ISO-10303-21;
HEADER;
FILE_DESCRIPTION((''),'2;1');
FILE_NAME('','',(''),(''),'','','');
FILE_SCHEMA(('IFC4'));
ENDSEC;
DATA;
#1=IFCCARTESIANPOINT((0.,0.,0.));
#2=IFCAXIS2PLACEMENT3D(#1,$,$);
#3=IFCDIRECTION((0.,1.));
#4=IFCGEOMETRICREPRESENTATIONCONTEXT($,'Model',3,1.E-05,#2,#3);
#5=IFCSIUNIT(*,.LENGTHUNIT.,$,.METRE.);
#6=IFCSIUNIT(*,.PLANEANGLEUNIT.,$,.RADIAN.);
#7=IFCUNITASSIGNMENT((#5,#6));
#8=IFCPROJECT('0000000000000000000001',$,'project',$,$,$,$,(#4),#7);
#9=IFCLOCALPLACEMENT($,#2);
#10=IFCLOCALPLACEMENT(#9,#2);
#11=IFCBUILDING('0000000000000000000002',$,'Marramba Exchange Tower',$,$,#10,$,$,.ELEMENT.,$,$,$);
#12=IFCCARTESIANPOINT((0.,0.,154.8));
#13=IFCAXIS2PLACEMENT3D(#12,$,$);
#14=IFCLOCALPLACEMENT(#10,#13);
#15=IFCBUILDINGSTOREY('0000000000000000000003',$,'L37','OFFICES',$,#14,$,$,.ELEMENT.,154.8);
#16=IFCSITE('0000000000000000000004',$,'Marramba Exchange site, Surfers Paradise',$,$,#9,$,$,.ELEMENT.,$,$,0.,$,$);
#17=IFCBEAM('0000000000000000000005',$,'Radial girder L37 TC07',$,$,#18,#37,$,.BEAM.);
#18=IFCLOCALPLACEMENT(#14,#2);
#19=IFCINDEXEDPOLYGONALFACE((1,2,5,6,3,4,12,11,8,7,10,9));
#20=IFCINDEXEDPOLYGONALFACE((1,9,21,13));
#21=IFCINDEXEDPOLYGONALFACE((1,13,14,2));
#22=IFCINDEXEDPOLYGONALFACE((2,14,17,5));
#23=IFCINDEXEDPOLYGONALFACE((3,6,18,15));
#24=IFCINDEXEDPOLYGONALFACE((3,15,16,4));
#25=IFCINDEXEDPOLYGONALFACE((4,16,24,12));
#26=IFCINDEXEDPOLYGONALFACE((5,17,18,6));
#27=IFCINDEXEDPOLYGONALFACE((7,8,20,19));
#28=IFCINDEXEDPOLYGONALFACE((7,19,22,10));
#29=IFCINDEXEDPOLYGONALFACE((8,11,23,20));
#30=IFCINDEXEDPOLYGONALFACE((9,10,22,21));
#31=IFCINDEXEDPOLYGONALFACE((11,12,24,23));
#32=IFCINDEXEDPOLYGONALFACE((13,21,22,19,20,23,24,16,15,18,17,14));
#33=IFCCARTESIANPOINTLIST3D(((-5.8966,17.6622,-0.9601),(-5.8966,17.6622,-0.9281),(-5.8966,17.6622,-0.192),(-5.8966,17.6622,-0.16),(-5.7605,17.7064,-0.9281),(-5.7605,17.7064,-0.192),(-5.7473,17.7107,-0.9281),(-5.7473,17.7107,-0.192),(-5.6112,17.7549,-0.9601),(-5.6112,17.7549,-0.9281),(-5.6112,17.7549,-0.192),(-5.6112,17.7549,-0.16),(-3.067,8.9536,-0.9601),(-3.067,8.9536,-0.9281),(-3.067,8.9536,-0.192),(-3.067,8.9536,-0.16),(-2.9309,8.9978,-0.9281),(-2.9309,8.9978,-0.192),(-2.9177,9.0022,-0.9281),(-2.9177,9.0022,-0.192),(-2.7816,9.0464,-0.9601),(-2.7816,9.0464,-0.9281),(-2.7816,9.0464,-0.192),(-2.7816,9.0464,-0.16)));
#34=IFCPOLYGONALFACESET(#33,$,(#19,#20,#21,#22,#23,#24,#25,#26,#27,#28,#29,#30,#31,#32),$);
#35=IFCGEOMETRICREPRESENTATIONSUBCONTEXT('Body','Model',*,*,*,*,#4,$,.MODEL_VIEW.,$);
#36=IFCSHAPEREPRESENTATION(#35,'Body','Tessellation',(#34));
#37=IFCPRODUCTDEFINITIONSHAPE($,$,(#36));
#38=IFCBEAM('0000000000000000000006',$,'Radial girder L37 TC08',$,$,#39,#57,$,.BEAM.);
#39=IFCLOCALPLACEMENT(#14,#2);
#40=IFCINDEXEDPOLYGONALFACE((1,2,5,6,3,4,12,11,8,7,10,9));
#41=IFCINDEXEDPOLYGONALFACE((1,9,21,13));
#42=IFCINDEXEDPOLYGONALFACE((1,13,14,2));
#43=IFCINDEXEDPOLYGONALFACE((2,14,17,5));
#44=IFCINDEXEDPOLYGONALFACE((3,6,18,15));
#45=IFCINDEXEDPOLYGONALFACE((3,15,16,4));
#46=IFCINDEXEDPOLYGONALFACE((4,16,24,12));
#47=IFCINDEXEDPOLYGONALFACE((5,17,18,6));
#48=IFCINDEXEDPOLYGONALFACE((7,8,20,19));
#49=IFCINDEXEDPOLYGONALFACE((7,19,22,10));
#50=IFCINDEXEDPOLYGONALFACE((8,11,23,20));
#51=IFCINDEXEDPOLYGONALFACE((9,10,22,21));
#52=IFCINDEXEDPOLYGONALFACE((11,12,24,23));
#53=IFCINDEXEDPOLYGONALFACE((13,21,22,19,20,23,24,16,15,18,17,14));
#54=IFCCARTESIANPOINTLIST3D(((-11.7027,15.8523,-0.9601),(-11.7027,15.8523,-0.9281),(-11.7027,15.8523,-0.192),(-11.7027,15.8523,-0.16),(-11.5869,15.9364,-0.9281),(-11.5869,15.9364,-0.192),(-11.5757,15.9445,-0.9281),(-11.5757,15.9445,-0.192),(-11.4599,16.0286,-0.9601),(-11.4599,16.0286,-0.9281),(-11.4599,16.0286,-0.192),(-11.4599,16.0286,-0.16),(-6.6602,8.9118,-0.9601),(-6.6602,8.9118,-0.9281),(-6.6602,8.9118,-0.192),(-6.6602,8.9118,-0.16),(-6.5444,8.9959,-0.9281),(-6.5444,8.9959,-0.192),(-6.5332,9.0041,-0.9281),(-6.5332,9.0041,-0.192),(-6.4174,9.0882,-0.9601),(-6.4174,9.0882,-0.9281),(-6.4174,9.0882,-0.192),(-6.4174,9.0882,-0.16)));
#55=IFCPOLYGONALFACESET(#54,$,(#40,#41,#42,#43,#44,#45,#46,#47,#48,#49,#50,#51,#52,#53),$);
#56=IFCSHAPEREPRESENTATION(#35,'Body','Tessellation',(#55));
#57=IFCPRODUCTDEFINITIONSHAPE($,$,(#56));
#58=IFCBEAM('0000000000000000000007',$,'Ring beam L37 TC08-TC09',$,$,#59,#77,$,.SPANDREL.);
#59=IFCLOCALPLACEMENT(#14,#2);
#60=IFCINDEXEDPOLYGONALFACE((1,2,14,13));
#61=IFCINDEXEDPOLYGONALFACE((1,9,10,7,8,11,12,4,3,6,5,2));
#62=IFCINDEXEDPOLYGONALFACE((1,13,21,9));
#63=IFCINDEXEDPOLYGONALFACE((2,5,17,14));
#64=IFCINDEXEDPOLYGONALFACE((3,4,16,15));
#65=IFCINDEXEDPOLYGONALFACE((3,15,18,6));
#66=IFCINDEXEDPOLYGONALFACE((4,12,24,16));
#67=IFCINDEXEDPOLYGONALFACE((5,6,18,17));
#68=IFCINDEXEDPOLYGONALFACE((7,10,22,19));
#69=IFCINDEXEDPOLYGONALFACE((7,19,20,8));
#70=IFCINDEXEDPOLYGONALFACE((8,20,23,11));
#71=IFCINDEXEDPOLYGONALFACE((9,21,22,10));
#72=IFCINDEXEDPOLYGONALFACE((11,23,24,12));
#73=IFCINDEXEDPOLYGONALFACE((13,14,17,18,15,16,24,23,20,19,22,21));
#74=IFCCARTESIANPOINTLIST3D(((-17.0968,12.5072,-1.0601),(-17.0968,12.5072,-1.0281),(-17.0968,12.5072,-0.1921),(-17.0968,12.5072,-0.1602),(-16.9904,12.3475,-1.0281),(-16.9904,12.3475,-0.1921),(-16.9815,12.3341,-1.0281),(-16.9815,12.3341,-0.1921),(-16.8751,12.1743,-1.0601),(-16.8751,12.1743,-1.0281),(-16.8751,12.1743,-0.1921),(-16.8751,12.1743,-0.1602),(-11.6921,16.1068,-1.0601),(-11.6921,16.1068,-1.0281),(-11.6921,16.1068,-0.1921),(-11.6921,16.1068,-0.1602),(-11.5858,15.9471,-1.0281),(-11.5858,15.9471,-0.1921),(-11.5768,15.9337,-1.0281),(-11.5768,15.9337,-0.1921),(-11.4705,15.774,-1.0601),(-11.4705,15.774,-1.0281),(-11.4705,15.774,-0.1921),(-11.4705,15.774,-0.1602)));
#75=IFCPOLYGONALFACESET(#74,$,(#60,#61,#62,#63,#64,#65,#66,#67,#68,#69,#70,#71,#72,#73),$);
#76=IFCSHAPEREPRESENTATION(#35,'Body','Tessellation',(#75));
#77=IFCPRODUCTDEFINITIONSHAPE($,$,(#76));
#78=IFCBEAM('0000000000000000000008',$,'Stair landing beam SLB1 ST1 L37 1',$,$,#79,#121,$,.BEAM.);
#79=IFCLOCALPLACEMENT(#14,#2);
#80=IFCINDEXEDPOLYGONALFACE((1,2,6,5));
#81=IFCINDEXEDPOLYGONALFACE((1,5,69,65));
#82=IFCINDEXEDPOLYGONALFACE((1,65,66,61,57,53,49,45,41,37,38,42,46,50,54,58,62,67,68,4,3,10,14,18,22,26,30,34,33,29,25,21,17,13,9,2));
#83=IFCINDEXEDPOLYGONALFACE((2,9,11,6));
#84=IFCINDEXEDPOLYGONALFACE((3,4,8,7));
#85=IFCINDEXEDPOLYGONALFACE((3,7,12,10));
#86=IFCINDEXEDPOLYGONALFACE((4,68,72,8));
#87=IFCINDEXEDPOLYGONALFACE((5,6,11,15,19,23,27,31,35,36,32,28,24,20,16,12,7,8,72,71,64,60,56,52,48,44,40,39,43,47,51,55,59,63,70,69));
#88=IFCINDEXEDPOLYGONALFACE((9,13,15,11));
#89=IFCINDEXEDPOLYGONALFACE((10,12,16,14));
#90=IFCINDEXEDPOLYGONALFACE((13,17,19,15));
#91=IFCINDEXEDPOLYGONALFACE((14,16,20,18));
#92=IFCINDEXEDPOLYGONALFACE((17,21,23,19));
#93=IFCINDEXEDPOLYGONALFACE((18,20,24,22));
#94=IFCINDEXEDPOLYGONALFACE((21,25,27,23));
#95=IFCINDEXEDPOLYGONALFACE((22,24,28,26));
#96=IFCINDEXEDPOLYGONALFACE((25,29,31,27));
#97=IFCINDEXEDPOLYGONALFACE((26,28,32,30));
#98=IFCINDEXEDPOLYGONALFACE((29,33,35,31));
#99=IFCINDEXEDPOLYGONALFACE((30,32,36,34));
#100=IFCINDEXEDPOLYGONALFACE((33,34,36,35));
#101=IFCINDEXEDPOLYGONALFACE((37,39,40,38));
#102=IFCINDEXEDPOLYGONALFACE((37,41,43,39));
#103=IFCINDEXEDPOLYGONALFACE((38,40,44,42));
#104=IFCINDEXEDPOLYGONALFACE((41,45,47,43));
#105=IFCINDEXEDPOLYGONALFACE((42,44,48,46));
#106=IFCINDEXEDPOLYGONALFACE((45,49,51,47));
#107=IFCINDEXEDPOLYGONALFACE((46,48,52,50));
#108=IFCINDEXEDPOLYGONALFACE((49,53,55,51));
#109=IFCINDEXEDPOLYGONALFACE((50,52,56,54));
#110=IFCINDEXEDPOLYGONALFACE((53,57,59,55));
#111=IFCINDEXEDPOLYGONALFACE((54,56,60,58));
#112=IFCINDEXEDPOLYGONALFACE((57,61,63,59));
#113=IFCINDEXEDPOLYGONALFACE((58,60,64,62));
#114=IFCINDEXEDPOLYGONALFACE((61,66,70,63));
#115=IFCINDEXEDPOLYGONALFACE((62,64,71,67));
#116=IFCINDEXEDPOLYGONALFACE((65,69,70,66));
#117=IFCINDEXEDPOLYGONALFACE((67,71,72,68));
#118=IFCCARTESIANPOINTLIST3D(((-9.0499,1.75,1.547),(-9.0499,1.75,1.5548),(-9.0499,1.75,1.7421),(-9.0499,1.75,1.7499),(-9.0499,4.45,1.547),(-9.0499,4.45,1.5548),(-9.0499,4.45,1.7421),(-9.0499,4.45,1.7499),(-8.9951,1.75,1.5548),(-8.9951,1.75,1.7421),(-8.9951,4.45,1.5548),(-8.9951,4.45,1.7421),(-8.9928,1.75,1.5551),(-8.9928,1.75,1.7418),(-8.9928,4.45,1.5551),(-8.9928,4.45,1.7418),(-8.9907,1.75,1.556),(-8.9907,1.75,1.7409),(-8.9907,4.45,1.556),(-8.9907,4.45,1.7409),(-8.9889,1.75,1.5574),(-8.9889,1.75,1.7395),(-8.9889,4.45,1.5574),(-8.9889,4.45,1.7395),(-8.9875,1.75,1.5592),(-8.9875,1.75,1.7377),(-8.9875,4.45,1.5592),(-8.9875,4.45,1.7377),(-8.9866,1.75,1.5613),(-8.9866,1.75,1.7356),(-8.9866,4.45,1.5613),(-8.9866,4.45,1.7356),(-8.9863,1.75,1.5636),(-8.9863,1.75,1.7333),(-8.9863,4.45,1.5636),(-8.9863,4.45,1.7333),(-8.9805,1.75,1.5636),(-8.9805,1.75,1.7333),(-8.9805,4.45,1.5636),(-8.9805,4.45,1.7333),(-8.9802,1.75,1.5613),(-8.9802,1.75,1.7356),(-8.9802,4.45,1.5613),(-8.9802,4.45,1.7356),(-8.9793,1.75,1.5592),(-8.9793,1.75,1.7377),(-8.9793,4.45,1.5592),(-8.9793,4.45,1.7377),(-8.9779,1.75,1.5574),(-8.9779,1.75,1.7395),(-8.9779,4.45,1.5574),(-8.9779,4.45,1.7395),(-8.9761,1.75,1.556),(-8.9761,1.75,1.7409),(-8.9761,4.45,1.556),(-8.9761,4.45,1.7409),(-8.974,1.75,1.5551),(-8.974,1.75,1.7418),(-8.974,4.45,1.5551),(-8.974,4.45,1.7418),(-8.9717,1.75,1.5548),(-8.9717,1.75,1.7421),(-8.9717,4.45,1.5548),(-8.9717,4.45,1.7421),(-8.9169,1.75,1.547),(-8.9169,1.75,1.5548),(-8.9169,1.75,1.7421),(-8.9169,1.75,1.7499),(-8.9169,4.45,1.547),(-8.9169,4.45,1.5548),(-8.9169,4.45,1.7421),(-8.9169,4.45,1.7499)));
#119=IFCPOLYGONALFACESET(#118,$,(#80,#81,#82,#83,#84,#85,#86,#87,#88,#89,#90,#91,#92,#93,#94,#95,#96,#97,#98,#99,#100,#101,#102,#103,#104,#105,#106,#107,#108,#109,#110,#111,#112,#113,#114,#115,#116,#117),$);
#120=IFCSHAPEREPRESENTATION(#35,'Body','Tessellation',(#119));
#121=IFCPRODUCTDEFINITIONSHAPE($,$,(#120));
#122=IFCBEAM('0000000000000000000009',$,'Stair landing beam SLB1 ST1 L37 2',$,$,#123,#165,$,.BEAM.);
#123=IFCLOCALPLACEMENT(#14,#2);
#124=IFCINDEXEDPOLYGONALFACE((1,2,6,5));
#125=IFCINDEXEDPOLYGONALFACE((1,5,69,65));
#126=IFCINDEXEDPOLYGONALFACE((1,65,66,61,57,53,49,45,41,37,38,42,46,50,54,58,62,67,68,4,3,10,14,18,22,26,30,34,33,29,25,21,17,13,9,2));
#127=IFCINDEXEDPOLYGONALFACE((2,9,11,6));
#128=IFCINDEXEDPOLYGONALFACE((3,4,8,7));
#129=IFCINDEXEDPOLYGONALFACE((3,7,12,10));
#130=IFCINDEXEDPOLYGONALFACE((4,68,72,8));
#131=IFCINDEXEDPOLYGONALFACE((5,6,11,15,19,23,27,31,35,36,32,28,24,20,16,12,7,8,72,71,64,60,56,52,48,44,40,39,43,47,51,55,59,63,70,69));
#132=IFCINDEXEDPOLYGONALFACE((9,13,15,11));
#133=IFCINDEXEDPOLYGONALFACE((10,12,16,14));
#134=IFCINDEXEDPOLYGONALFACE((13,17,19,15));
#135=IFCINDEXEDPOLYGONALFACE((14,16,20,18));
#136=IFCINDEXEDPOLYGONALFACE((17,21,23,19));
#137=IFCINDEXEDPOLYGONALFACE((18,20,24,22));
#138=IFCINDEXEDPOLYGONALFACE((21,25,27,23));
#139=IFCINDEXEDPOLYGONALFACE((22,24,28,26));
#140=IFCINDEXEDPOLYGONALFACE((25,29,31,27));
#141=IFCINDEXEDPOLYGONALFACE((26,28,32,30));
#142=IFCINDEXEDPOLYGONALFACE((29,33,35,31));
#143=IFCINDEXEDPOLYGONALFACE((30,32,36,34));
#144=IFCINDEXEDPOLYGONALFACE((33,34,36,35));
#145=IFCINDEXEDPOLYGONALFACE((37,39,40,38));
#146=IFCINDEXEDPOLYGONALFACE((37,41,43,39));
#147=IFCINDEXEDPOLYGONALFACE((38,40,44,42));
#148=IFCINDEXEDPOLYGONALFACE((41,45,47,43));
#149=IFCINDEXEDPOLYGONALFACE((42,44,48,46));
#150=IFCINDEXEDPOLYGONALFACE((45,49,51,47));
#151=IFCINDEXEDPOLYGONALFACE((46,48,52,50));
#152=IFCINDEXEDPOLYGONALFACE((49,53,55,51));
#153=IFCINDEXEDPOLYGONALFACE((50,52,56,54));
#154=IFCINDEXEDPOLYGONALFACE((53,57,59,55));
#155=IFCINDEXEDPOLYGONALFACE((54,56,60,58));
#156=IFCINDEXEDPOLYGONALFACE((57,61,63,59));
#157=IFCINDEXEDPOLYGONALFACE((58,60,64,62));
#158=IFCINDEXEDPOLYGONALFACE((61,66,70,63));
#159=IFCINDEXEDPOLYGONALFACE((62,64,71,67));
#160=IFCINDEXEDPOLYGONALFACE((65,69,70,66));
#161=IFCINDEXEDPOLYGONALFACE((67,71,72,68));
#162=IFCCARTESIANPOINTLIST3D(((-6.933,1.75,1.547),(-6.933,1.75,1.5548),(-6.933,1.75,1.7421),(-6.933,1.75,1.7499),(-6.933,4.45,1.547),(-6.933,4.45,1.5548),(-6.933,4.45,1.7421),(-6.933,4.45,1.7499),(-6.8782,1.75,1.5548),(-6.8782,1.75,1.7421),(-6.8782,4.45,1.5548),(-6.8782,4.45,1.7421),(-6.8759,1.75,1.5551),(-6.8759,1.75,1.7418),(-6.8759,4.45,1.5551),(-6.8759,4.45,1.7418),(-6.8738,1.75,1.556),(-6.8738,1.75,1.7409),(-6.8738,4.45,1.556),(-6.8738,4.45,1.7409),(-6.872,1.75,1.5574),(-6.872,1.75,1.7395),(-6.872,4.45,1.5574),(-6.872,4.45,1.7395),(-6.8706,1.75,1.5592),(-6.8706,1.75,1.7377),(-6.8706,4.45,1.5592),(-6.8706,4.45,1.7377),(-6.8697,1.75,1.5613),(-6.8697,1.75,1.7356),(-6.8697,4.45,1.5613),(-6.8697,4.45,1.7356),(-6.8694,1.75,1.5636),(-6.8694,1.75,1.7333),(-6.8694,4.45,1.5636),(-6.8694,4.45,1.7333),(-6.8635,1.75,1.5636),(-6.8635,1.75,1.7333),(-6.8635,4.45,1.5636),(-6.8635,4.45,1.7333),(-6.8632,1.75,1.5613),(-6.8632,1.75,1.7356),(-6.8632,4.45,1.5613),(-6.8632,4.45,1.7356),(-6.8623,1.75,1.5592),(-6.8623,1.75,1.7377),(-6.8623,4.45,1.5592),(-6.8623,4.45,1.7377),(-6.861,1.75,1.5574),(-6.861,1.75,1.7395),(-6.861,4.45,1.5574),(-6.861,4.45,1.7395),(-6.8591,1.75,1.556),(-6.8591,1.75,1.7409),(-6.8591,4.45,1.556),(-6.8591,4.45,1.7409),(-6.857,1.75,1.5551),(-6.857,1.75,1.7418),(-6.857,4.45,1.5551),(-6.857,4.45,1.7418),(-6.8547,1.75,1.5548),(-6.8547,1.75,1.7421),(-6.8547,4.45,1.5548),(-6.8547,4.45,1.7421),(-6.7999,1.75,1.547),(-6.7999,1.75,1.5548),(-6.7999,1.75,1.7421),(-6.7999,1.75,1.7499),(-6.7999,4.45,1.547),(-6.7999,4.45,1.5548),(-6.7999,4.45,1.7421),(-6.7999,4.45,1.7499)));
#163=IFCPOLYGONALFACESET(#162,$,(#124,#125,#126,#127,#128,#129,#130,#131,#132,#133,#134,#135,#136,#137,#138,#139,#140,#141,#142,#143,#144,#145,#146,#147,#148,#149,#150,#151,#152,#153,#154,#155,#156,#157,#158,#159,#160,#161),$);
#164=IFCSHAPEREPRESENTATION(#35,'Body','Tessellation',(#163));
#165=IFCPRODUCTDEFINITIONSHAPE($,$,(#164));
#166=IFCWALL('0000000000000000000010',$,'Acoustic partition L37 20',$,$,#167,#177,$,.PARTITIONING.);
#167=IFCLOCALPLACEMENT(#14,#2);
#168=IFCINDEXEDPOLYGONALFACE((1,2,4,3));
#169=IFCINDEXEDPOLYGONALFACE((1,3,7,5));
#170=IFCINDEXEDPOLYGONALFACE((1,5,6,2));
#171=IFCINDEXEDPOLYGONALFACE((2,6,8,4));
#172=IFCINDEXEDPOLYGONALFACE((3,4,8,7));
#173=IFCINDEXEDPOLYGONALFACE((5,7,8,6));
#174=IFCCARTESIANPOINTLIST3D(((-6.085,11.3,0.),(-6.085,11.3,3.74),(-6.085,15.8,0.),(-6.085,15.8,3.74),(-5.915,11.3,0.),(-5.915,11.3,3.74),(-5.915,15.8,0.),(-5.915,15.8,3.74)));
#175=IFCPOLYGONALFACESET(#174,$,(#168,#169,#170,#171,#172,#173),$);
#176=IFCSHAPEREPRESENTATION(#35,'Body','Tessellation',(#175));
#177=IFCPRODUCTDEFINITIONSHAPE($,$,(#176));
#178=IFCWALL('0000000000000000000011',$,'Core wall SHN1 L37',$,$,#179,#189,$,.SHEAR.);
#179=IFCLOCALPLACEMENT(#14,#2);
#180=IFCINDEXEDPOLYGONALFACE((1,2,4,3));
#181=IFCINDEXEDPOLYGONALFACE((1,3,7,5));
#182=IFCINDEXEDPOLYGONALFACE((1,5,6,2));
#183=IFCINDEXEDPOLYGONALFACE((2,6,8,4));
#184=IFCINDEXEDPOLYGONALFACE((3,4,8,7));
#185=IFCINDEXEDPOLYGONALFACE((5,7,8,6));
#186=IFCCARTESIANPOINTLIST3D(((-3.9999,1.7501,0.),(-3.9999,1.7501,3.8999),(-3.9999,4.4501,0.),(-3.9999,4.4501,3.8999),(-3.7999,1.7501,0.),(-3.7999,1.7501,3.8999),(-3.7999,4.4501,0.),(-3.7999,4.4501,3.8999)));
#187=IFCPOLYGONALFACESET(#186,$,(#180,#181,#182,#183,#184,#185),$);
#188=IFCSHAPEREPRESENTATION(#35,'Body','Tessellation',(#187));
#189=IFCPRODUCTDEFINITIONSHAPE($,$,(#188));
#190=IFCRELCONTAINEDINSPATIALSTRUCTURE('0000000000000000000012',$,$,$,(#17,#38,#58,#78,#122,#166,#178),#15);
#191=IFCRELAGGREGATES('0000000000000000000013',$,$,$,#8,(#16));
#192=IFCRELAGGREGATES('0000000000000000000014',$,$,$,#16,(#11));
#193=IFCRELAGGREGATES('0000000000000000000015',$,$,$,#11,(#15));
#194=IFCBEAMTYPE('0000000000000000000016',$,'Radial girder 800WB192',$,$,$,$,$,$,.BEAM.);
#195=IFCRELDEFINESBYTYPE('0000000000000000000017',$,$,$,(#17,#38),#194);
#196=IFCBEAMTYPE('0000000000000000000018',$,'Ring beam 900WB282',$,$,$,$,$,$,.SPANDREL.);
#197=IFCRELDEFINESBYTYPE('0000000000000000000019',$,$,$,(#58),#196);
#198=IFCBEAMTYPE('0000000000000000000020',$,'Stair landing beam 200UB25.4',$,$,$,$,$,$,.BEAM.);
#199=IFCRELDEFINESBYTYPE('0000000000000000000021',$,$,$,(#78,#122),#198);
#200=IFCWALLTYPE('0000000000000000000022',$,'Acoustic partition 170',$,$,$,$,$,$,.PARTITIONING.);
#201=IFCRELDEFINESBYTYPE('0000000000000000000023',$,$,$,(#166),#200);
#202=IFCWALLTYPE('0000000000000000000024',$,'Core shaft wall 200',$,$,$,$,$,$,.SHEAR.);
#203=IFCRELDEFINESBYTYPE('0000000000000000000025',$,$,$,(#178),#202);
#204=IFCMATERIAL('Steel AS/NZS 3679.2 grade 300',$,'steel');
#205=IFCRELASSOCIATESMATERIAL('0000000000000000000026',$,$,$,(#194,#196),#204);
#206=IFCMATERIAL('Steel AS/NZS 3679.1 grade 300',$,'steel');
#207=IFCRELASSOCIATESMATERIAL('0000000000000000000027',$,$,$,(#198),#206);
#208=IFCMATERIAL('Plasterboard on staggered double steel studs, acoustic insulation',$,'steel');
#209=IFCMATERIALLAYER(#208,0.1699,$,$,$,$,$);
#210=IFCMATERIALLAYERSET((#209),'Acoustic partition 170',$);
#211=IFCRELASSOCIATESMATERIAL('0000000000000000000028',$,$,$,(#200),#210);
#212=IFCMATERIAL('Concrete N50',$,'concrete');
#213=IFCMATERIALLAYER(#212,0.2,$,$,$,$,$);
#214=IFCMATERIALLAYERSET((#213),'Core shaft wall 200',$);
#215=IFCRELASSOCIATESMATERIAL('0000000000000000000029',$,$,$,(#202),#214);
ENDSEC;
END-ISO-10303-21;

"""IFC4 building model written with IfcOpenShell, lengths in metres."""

from ifc_helpers import new_model, si_unit, direction, frame, frame_2d, origin, origin_2d, place, context, subcontext, project, spatial, rectangle, i_section, extrude, material, layer, layer_set, material_profile, profile_set, type_object, element, save


model = new_model("IFC4")

# Units and contexts
model_context = context("Model", 3, precision=1e-05, world=origin(), true_north=direction((0.0, 1.0)))
body_context = subcontext(model_context, "Body", "Model", "MODEL_VIEW")
ifc_project = project(units=[si_unit("LENGTHUNIT", "METRE"), si_unit("PLANEANGLEUNIT", "RADIAN")], contexts=[model_context])

# Site, building, storey
site_placement = place(None, origin())
site = spatial("IfcSite", under=ifc_project, at=site_placement, Name="Marramba Exchange site, Surfers Paradise", CompositionType="ELEMENT", RefElevation=0.0)
building_placement = place(site_placement, origin())
building = spatial("IfcBuilding", under=site, at=building_placement, Name="Marramba Exchange Tower", CompositionType="ELEMENT")
storey_placement = place(building_placement, frame((0.0, 0.0, 154.8)))
storey = spatial("IfcBuildingStorey", under=building, at=storey_placement, Name="L37", Description="OFFICES", CompositionType="ELEMENT", Elevation=154.8)

# Shared definitions
ifc_material_1 = material(Name="Concrete N50", Category="concrete")

# Beams
ifc_material_2 = material(Name="Steel AS/NZS 3679.1 grade 300", Category="steel")
ifc_material_3 = material(Name="Steel AS/NZS 3679.2 grade 300", Category="steel")
ifc_material_profile_1 = material_profile(ifc_material_3, i_section(OverallWidth=0.3, OverallDepth=0.8, WebThickness=0.0139, FlangeThickness=0.032, at=origin_2d()), Name="800WB192")
ifc_profile_set_1 = profile_set([ifc_material_profile_1], Name="Steel AS/NZS 3679.2 grade 300")
beam_type_1 = type_object("IfcBeamType", Name="Radial girder 800WB192", PredefinedType="BEAM", material=ifc_profile_set_1)
beam_1_placement = place(storey_placement, frame((-2.9243, 9.0, -0.5601), z_axis=(-0.30902, 0.951056, 0.0), x_axis=(-0.951056, -0.30902, 0.0)))
element("IfcBeam", 1, at=beam_1_placement, inside=storey, type_object=beam_type_1, Name="Radial girder L37 TC07", PredefinedType="BEAM", context=body_context, shape_type="SweptSolid", body=[
    extrude(i_section(OverallWidth=0.3, OverallDepth=0.8, WebThickness=0.0139, FlangeThickness=0.032, at=origin_2d()), origin(), (0.0, 0.0, 1.0), 9.1567),
])
beam_2_placement = place(storey_placement, frame((-6.5388, 9.0, -0.5601), z_axis=(-0.587782, 0.809019, 0.0), x_axis=(-0.809019, -0.587782, 0.0)))
element("IfcBeam", 2, at=beam_2_placement, inside=storey, type_object=beam_type_1, Name="Radial girder L37 TC08", PredefinedType="BEAM", context=body_context, shape_type="SweptSolid", body=[
    extrude(i_section(OverallWidth=0.3, OverallDepth=0.8, WebThickness=0.0139, FlangeThickness=0.032, at=origin_2d()), origin(), (0.0, 0.0, 1.0), 8.5789),
])
ifc_material_profile_2 = material_profile(ifc_material_3, i_section(OverallWidth=0.3999, OverallDepth=0.8999, WebThickness=0.0161, FlangeThickness=0.032, at=origin_2d()), Name="900WB282")
ifc_profile_set_2 = profile_set([ifc_material_profile_2], Name="Steel AS/NZS 3679.2 grade 300")
beam_type_2 = type_object("IfcBeamType", Name="Ring beam 900WB282", PredefinedType="SPANDREL", material=ifc_profile_set_2)
beam_3_placement = place(storey_placement, frame((-11.5813, 15.9404, -0.6101), z_axis=(-0.832293, -0.554336, 0.0), x_axis=(0.554336, -0.832293, 0.0)))
element("IfcBeam", 3, at=beam_3_placement, inside=storey, type_object=beam_type_2, Name="Ring beam L37 TC08-TC09", PredefinedType="SPANDREL", context=body_context, shape_type="SweptSolid", body=[
    extrude(i_section(OverallWidth=0.3999, OverallDepth=0.8999, WebThickness=0.0161, FlangeThickness=0.032, at=origin_2d()), origin(), (0.0, 0.0, 1.0), 6.4937),
])
ifc_material_profile_3 = material_profile(ifc_material_2, i_section(OverallWidth=0.1331, OverallDepth=0.2029, WebThickness=0.0059, FlangeThickness=0.0078, FilletRadius=0.0088, at=origin_2d()), Name="200UB25.4")
ifc_profile_set_3 = profile_set([ifc_material_profile_3], Name="Steel AS/NZS 3679.1 grade 300")
beam_type_3 = type_object("IfcBeamType", Name="Stair landing beam 200UB25.4", PredefinedType="BEAM", material=ifc_profile_set_3)
for number, where, z_axis, x_axis, name in (
    (4, (-8.9834, 1.75, 1.6484), (0.0, 1.0, 0.0), (-1.0, 0.0, 0.0), "Stair landing beam SLB1 ST1 L37 1"),
    (5, (-6.8665, 1.75, 1.6484), (0.0, 1.0, 0.0), (-1.0, 0.0, 0.0), "Stair landing beam SLB1 ST1 L37 2"),
):
    element("IfcBeam", number, at=place(storey_placement, frame(where, z_axis=z_axis, x_axis=x_axis)), inside=storey, type_object=beam_type_3, Name=name, PredefinedType="BEAM", context=body_context, shape_type="SweptSolid", body=[
        extrude(i_section(OverallWidth=0.1331, OverallDepth=0.2029, WebThickness=0.0059, FlangeThickness=0.0078, FilletRadius=0.0088, at=origin_2d()), origin(), (0.0, 0.0, 1.0), 2.7),
    ])

# Walls
ifc_material_4 = material(Name="Plasterboard on staggered double steel studs, acoustic insulation", Category="steel")
ifc_layer_1 = layer(ifc_material_4, 0.1699)
ifc_layer_set_1 = layer_set([ifc_layer_1], Name="Acoustic partition 170")
wall_type_1 = type_object("IfcWallType", Name="Acoustic partition 170", PredefinedType="PARTITIONING", material=ifc_layer_set_1)
wall_1_placement = place(storey_placement, frame((-6.0, 15.8, 0.0), z_axis=(0.0, 0.0, 1.0), x_axis=(0.0, -1.0, 0.0)))
element("IfcWall", 6, at=wall_1_placement, inside=storey, type_object=wall_type_1, Name="Acoustic partition L37 20", PredefinedType="PARTITIONING", context=body_context, shape_type="SweptSolid", body=[
    extrude(rectangle(XDim=4.5, YDim=0.1699, at=frame_2d((2.25, 0.0))), origin(), (0.0, 0.0, 1.0), 3.74),
])
ifc_layer_2 = layer(ifc_material_1, 0.2)
ifc_layer_set_2 = layer_set([ifc_layer_2], Name="Core shaft wall 200")
wall_type_2 = type_object("IfcWallType", Name="Core shaft wall 200", PredefinedType="SHEAR", material=ifc_layer_set_2)
for number, where, z_axis, x_axis, name in (
    (7, (-3.8999, 1.75, 0.0), (0.0, 0.0, 1.0), (0.0, 1.0, 0.0), "Core wall SHN1 L37"),
):
    element("IfcWall", number, at=place(storey_placement, frame(where, z_axis=z_axis, x_axis=x_axis)), inside=storey, type_object=wall_type_2, Name=name, PredefinedType="SHEAR", context=body_context, shape_type="SweptSolid", body=[
        extrude(rectangle(XDim=2.7, YDim=0.2, at=frame_2d((1.3501, 0.0))), origin(), (0.0, 0.0, 1.0), 3.8999),
    ])

save(model, "model.ifc")
